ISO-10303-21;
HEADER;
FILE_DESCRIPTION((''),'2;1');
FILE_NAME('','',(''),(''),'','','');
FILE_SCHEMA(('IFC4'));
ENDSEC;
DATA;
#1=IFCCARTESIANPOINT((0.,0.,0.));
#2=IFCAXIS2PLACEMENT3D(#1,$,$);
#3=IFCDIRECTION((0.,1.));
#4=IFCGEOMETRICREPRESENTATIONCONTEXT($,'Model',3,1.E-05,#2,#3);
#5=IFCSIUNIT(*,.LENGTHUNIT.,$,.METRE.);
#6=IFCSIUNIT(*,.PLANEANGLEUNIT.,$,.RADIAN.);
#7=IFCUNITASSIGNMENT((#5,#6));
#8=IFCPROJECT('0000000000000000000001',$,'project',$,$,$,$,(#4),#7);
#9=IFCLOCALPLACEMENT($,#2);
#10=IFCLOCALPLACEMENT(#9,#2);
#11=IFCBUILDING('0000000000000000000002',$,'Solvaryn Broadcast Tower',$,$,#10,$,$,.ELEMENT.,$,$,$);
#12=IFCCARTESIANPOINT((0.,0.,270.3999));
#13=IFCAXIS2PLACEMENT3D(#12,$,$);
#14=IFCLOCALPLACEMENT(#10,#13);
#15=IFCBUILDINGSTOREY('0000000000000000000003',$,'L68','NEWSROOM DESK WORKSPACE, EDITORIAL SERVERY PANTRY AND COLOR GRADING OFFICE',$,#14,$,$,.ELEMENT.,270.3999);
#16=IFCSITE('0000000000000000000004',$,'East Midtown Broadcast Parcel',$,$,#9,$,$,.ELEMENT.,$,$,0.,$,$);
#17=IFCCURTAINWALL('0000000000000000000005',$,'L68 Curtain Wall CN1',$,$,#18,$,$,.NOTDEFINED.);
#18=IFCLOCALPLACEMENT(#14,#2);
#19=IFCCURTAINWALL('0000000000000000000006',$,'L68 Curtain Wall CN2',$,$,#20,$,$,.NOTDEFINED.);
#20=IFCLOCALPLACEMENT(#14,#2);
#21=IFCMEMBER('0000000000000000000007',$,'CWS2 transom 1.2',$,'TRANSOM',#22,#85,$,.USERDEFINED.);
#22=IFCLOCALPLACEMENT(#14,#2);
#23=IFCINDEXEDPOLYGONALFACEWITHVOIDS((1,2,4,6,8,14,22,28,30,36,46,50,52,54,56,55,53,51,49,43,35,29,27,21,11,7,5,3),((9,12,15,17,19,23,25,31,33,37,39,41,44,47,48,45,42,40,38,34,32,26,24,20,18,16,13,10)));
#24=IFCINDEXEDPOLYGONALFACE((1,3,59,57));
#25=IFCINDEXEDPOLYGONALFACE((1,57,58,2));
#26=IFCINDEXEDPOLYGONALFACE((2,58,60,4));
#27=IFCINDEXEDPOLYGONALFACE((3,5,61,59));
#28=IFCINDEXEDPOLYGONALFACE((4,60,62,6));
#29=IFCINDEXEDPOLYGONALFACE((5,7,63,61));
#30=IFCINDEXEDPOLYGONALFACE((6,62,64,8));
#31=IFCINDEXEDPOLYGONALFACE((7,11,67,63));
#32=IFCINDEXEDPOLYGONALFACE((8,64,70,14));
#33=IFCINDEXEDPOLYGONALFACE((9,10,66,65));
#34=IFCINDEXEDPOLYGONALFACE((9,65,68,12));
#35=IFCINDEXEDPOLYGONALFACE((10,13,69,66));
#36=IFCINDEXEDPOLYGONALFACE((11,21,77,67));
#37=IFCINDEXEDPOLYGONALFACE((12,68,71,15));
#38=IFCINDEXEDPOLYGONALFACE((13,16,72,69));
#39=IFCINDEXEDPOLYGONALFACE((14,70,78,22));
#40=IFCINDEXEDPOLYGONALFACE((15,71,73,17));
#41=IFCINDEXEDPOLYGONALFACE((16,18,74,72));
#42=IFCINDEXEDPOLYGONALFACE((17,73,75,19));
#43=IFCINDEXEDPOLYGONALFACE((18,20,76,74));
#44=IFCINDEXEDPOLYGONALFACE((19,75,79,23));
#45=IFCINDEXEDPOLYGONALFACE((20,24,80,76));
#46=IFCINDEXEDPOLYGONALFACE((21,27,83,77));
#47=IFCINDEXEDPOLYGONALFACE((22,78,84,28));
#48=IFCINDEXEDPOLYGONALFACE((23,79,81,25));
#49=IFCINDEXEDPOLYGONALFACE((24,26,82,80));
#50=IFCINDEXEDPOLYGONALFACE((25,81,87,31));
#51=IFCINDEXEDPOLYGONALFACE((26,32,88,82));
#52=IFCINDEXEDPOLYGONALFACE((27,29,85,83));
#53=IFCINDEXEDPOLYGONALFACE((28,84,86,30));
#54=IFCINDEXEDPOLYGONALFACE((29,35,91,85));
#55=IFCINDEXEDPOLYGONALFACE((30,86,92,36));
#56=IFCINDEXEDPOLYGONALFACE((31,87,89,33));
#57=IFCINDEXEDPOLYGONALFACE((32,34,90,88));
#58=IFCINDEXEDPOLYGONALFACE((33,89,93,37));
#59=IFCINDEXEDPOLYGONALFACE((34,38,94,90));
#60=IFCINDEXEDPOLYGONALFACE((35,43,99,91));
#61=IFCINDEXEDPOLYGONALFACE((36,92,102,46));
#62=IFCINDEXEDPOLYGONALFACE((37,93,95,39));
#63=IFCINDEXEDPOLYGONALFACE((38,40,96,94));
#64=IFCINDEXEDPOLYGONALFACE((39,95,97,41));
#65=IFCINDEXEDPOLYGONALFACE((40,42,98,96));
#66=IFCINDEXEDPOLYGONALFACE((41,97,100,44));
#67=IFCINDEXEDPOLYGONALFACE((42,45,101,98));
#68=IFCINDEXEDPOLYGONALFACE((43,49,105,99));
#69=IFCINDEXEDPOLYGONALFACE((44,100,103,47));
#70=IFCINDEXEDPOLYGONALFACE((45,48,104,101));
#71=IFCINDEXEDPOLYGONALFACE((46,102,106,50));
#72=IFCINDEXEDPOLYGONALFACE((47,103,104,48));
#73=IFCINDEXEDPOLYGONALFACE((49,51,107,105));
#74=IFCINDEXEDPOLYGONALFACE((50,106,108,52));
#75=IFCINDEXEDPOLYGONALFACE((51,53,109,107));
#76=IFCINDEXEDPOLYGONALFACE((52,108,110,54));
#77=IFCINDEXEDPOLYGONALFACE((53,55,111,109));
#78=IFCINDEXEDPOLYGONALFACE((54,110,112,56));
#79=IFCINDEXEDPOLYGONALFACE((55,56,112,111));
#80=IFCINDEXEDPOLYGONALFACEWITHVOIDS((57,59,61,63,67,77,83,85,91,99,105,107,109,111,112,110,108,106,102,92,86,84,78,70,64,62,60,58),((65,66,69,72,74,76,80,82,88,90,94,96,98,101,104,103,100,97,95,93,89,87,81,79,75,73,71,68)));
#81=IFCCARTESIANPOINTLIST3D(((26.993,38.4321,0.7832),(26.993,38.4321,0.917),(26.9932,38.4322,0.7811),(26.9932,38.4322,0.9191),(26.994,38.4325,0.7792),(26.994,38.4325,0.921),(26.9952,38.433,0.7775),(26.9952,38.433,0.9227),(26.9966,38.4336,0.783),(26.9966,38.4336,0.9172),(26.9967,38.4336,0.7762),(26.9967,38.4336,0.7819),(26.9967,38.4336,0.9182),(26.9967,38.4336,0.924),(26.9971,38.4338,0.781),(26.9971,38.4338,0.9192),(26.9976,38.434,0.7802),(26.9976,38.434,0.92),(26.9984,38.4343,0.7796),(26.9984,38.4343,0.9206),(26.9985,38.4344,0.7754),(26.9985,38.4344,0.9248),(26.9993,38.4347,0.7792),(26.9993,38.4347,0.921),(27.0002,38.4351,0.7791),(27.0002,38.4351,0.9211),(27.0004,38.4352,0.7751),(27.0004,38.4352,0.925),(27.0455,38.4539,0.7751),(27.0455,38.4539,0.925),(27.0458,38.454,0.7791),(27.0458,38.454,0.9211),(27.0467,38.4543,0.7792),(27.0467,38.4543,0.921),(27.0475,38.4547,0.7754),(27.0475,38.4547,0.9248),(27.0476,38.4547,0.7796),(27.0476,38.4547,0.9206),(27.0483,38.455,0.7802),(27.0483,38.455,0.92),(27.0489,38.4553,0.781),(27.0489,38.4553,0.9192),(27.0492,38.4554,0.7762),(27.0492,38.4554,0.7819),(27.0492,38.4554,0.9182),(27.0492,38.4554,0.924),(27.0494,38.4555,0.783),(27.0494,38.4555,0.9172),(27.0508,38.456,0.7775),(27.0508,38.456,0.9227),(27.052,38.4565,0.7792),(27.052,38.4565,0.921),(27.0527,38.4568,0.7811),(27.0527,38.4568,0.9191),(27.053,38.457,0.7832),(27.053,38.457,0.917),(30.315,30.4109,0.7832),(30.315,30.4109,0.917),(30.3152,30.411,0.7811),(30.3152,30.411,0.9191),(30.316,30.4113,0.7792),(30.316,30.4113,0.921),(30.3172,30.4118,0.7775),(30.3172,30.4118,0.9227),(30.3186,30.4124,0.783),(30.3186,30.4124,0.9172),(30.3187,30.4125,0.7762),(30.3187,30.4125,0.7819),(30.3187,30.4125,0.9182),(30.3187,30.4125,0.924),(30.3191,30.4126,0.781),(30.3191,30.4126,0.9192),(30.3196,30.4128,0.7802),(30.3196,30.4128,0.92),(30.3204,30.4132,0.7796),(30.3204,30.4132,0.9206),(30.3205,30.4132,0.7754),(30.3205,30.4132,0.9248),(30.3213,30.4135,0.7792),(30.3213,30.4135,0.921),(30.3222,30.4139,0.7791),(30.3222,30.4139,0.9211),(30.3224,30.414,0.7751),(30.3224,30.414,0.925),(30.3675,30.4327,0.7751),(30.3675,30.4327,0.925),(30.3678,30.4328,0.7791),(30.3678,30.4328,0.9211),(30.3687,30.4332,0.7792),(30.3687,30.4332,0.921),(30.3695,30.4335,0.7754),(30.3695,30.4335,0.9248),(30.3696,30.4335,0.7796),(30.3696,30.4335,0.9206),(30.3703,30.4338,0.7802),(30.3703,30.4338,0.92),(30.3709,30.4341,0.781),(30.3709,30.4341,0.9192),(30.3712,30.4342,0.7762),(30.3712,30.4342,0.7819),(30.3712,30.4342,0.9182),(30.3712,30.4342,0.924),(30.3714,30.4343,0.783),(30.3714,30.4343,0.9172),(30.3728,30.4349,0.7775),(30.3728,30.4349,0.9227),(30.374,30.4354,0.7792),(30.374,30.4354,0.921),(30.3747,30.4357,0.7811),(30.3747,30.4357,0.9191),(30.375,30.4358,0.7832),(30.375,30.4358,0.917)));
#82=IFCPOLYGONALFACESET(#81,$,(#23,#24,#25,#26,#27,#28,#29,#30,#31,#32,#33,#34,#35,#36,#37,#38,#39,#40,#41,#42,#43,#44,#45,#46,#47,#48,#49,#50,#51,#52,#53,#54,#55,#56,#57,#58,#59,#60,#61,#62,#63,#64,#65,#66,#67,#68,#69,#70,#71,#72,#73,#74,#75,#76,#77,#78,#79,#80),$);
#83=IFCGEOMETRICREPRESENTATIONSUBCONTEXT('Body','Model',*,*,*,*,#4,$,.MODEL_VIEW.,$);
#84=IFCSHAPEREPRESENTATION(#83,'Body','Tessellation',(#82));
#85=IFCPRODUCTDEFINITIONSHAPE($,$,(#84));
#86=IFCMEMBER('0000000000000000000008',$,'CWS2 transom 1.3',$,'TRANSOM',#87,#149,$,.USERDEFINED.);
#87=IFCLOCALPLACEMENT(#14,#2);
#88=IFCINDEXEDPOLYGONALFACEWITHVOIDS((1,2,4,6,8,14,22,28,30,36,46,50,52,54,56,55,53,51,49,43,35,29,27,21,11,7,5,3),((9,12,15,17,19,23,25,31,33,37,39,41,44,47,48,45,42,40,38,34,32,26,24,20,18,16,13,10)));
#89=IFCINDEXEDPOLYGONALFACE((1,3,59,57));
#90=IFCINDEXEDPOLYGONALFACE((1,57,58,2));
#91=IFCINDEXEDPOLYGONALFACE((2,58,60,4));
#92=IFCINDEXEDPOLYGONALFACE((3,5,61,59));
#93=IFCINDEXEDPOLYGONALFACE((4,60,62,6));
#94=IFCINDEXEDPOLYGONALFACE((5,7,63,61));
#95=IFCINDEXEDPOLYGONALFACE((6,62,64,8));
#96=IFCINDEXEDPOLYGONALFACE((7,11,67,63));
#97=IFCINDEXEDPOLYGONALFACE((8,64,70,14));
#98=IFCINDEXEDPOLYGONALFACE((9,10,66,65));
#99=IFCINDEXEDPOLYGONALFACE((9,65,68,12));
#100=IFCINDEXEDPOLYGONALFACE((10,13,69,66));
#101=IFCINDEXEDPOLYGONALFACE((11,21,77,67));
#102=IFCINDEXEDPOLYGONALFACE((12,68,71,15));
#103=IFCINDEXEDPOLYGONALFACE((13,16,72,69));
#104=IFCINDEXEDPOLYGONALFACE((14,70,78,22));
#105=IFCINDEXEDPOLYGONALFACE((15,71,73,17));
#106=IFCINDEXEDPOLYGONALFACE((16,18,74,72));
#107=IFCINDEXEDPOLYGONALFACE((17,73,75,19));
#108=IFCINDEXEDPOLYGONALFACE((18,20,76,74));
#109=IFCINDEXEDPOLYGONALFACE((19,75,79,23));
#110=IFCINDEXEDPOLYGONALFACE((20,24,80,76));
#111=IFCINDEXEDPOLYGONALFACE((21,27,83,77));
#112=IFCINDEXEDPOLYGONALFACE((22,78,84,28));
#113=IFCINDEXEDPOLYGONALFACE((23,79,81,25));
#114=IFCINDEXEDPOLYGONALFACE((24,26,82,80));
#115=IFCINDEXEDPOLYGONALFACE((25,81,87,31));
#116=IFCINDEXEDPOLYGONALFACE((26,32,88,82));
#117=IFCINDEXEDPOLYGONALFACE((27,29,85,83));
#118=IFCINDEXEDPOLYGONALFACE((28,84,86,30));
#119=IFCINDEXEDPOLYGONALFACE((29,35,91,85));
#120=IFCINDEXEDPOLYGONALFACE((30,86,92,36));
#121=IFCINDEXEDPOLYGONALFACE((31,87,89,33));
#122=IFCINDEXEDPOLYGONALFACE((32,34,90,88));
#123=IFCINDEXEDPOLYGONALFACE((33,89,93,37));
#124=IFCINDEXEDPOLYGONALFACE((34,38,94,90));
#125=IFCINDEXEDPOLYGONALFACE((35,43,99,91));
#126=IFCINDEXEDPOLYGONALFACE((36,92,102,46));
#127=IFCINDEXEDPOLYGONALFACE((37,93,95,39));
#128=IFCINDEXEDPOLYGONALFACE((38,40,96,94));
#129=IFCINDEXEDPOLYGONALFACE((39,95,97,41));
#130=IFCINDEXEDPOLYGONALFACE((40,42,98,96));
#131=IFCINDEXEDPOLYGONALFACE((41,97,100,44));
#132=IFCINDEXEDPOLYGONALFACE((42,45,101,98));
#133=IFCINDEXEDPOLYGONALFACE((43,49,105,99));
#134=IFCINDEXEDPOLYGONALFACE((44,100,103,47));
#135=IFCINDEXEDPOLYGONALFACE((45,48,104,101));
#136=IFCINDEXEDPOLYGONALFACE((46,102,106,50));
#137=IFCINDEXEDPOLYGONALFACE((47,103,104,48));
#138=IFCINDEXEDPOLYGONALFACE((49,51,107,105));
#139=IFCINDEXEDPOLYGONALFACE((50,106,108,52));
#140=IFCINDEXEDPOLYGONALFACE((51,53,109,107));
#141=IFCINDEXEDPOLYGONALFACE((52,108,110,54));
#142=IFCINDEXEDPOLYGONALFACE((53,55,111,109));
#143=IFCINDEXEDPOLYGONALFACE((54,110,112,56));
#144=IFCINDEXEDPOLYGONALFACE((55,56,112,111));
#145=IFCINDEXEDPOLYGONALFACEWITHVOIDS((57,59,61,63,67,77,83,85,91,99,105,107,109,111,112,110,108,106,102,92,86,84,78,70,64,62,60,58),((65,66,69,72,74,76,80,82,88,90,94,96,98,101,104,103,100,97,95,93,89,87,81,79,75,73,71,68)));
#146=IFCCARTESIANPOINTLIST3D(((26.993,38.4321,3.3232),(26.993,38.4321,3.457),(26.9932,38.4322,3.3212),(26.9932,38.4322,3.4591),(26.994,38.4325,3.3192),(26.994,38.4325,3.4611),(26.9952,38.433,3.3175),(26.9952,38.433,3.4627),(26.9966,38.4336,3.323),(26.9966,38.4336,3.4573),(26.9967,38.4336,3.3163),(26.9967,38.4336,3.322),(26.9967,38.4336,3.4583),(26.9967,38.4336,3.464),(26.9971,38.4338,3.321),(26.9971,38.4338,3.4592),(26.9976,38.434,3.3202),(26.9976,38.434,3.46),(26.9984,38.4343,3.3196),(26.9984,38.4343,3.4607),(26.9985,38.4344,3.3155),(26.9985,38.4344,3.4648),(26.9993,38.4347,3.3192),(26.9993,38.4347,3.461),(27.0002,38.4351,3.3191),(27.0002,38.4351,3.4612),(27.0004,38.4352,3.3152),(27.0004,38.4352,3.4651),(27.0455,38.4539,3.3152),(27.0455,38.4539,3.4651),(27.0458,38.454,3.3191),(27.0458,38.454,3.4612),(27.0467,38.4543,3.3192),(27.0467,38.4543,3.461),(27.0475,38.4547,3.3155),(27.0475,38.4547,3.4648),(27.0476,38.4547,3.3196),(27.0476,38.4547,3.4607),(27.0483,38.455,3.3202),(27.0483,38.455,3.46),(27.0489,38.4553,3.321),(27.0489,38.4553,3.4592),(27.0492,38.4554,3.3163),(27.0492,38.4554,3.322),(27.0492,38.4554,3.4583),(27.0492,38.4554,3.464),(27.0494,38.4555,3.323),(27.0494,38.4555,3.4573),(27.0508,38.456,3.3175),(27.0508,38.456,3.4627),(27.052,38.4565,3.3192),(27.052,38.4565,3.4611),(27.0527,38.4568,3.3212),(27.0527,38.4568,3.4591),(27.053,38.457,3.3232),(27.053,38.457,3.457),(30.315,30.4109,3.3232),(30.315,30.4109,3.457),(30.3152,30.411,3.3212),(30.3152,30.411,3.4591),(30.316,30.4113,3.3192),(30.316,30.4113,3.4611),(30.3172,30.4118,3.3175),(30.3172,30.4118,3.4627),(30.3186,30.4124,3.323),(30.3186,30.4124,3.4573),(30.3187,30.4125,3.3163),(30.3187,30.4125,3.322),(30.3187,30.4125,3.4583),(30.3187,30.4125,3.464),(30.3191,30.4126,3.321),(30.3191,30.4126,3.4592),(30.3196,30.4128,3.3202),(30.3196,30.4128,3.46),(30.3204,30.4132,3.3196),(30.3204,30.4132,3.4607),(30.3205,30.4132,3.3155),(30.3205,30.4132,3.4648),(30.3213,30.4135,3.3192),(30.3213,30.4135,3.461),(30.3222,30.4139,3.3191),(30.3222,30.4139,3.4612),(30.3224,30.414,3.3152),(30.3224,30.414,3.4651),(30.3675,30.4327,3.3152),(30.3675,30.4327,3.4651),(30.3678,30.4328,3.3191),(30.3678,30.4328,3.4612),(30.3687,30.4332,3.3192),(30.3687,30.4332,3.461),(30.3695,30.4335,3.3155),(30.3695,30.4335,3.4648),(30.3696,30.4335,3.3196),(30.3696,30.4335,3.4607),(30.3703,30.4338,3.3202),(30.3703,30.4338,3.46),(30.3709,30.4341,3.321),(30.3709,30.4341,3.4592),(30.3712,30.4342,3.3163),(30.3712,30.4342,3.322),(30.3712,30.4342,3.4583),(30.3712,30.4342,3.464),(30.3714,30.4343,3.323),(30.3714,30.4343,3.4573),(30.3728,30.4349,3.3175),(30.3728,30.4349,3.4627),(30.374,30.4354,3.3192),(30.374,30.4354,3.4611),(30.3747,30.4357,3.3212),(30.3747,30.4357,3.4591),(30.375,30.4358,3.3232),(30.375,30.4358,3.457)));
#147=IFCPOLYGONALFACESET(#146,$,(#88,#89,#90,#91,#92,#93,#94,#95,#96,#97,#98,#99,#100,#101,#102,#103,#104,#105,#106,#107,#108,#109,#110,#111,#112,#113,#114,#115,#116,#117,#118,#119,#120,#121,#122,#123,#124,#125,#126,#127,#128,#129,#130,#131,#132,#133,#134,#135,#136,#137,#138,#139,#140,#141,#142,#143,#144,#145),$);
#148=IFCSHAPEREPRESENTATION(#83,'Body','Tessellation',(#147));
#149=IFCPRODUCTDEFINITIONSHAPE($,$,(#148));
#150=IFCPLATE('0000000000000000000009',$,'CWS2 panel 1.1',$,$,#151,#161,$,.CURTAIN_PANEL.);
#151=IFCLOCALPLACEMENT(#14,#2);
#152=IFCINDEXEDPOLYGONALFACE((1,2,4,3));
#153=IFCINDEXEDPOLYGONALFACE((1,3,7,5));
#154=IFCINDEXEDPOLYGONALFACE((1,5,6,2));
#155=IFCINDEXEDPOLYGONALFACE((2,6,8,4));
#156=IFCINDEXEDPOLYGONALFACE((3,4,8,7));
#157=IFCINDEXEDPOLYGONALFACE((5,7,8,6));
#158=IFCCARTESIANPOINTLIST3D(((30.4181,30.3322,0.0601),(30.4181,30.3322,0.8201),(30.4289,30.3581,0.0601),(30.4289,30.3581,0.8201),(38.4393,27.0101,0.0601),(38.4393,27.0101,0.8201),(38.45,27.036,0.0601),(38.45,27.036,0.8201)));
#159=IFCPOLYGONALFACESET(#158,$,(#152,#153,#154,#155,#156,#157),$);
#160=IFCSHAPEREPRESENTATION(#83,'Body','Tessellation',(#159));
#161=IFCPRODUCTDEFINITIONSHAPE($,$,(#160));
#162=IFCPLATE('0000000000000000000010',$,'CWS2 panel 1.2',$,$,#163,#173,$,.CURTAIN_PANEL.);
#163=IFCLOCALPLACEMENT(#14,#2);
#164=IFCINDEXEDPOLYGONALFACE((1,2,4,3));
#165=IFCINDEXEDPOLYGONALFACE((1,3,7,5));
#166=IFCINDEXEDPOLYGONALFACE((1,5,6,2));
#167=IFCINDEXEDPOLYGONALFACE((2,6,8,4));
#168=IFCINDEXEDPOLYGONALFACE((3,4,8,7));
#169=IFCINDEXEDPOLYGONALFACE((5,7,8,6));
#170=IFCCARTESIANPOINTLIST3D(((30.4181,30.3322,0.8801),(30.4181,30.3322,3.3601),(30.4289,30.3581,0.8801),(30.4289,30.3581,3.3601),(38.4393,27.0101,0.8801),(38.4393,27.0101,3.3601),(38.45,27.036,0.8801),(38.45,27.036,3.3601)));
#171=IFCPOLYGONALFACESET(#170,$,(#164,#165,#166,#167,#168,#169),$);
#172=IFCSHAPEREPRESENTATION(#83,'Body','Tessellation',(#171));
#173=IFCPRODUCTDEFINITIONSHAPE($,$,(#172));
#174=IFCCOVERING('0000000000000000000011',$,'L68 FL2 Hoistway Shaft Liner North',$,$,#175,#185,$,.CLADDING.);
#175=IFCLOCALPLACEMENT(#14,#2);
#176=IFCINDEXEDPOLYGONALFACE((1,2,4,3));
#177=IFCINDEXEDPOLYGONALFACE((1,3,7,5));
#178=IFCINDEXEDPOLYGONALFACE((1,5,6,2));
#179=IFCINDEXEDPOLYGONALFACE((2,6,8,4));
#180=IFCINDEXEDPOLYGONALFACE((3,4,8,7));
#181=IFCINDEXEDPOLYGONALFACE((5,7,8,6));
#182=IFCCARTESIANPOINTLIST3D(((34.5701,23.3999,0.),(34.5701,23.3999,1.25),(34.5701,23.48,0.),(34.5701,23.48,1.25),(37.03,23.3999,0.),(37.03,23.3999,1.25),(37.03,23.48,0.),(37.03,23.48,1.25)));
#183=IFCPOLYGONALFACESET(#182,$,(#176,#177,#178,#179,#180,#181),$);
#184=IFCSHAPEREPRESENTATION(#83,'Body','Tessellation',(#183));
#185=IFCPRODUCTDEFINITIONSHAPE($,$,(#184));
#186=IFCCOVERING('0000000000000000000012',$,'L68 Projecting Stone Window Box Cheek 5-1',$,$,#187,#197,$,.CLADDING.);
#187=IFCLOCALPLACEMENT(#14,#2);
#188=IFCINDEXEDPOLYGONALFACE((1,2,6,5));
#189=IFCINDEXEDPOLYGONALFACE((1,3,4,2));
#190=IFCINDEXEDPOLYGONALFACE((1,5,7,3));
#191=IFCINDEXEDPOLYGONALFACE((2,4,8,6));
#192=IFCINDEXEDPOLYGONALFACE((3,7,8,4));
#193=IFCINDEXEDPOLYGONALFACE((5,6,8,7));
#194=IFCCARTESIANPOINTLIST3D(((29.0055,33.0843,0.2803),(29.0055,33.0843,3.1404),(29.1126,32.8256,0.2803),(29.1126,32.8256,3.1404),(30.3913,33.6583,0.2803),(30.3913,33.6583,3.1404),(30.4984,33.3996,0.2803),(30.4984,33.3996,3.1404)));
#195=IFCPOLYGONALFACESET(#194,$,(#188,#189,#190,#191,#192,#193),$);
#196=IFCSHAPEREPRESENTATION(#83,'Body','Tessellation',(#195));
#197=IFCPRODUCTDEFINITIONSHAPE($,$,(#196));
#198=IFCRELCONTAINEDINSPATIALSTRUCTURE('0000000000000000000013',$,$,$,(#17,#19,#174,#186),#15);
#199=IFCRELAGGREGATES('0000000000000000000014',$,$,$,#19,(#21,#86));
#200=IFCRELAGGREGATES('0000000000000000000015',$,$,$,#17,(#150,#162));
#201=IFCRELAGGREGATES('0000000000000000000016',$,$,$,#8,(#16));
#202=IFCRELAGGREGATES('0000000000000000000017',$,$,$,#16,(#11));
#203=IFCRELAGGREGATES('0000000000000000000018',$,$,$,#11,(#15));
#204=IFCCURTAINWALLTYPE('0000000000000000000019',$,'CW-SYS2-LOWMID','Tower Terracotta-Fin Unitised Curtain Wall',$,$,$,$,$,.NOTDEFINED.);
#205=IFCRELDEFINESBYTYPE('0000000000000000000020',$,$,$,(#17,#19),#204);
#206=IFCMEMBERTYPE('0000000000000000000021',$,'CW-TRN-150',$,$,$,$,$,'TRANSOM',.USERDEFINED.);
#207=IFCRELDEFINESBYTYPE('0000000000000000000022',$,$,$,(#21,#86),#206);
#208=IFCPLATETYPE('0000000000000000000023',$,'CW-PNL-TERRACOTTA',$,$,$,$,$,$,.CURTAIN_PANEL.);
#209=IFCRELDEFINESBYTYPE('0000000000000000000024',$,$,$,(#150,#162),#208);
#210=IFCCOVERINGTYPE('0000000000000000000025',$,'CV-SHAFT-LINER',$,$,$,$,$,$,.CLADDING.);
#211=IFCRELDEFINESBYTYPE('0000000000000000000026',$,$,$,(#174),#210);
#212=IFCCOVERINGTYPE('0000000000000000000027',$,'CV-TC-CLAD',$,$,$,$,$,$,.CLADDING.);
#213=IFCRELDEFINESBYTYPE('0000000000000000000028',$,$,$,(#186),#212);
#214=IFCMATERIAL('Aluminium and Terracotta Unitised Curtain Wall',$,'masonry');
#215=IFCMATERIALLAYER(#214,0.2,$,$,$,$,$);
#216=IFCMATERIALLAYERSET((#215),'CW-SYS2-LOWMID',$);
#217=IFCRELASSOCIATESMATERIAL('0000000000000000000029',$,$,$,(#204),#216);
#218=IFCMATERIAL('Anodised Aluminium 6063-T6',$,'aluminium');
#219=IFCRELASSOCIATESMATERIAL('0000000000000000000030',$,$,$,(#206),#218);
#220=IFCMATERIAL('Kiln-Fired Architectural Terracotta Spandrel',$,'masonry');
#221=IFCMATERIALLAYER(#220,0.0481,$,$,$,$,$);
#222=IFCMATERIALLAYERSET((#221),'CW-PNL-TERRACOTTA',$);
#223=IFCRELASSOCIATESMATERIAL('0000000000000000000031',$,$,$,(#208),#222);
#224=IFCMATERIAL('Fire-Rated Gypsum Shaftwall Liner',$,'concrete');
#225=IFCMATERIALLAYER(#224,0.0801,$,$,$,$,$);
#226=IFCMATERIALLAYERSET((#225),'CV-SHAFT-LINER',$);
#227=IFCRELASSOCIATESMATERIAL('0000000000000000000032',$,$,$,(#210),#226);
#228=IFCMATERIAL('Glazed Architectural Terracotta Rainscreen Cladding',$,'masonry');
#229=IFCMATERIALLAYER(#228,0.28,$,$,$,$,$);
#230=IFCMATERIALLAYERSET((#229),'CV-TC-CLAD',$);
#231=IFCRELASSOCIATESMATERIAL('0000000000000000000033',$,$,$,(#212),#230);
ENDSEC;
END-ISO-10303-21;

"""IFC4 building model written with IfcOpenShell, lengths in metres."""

from ifc_helpers import new_model, si_unit, direction, frame, origin, origin_2d, place, context, subcontext, project, spatial, rectangle, hollow_rectangle, extrude, material, layer, layer_set, material_profile, profile_set, type_object, element, aggregate, save


model = new_model("IFC4")

# Units and contexts
model_context = context("Model", 3, precision=1e-05, world=origin(), true_north=direction((0.0, 1.0)))
body_context = subcontext(model_context, "Body", "Model", "MODEL_VIEW")
ifc_project = project(units=[si_unit("LENGTHUNIT", "METRE"), si_unit("PLANEANGLEUNIT", "RADIAN")], contexts=[model_context])

# Site, building, storey
site_placement = place(None, origin())
site = spatial("IfcSite", under=ifc_project, at=site_placement, Name="East Midtown Broadcast Parcel", CompositionType="ELEMENT", RefElevation=0.0)
building_placement = place(site_placement, origin())
building = spatial("IfcBuilding", under=site, at=building_placement, Name="Solvaryn Broadcast Tower", CompositionType="ELEMENT")
storey_placement = place(building_placement, frame((0.0, 0.0, 270.3999)))
storey = spatial("IfcBuildingStorey", under=building, at=storey_placement, Name="L68", Description="NEWSROOM DESK WORKSPACE, EDITORIAL SERVERY PANTRY AND COLOR GRADING OFFICE", CompositionType="ELEMENT", Elevation=270.3999)

# Curtain wall
ifc_material_1 = material(Name="Aluminium and Terracotta Unitised Curtain Wall", Category="masonry")
ifc_layer_1 = layer(ifc_material_1, 0.2)
ifc_layer_set_1 = layer_set([ifc_layer_1], Name="CW-SYS2-LOWMID")
curtain_wall_type = type_object("IfcCurtainWallType", Name="CW-SYS2-LOWMID", Description="Tower Terracotta-Fin Unitised Curtain Wall", PredefinedType="NOTDEFINED", material=ifc_layer_set_1)
curtain_wall_1_placement = place(storey_placement, origin())
curtain_wall_1 = element("IfcCurtainWall", 1, at=curtain_wall_1_placement, inside=storey, type_object=curtain_wall_type, Name="L68 Curtain Wall CN1", PredefinedType="NOTDEFINED")

# Curtain wall
curtain_wall_2_placement = place(storey_placement, origin())
curtain_wall_2 = element("IfcCurtainWall", 2, at=curtain_wall_2_placement, inside=storey, type_object=curtain_wall_type, Name="L68 Curtain Wall CN2", PredefinedType="NOTDEFINED")

# Members
ifc_material_2 = material(Name="Anodised Aluminium 6063-T6", Category="aluminium")
ifc_material_profile_1 = material_profile(ifc_material_2, hollow_rectangle(XDim=0.0649, YDim=0.1499, WallThickness=0.0039, InnerFilletRadius=0.0039, OuterFilletRadius=0.0081, at=origin_2d()))
ifc_profile_set_1 = profile_set([ifc_material_profile_1], Name="Anodised Aluminium 6063-T6")
member_type_1 = type_object("IfcMemberType", Name="CW-TRN-150", ElementType="TRANSOM", PredefinedType="USERDEFINED", material=ifc_profile_set_1)
member_1_placement = place(storey_placement, frame((30.345, 30.4233, 0.8501), z_axis=(-0.382636, 0.923899, 0.0), x_axis=(-0.923899, -0.382636, 0.0)))
member_1 = element("IfcMember", 3, at=member_1_placement, type_object=member_type_1, Name="CWS2 transom 1.2", ObjectType="TRANSOM", PredefinedType="USERDEFINED", context=body_context, shape_type="SweptSolid", body=[
    extrude(hollow_rectangle(XDim=0.0649, YDim=0.1499, WallThickness=0.0039, InnerFilletRadius=0.0039, OuterFilletRadius=0.0081, at=origin_2d()), origin(), (0.0, 0.0, 1.0), 8.6819),
])
member_2_placement = place(storey_placement, frame((30.345, 30.4233, 3.3901), z_axis=(-0.382636, 0.923899, 0.0), x_axis=(-0.923899, -0.382636, 0.0)))
member_2 = element("IfcMember", 4, at=member_2_placement, type_object=member_type_1, Name="CWS2 transom 1.3", ObjectType="TRANSOM", PredefinedType="USERDEFINED", context=body_context, shape_type="SweptSolid", body=[
    extrude(hollow_rectangle(XDim=0.0649, YDim=0.1499, WallThickness=0.0039, InnerFilletRadius=0.0039, OuterFilletRadius=0.0081, at=origin_2d()), origin(), (0.0, 0.0, 1.0), 8.6819),
])
aggregate(curtain_wall_2, [member_1, member_2])

# Plates
ifc_material_3 = material(Name="Kiln-Fired Architectural Terracotta Spandrel", Category="masonry")
ifc_layer_2 = layer(ifc_material_3, 0.0481)
ifc_layer_set_2 = layer_set([ifc_layer_2], Name="CW-PNL-TERRACOTTA")
plate_type = type_object("IfcPlateType", Name="CW-PNL-TERRACOTTA", PredefinedType="CURTAIN_PANEL", material=ifc_layer_set_2)
plate_1_placement = place(storey_placement, frame((34.4341, 28.6841, 0.0601), z_axis=(0.0, 0.0, 1.0), x_axis=(-0.923895, 0.382646, 0.0)))
plate_1 = element("IfcPlate", 5, at=plate_1_placement, type_object=plate_type, Name="CWS2 panel 1.1", PredefinedType="CURTAIN_PANEL", context=body_context, shape_type="SweptSolid", body=[
    extrude(rectangle(XDim=8.6819, YDim=0.0281, at=origin_2d()), origin(), (0.0, 0.0, 1.0), 0.76),
])
plate_2_placement = place(storey_placement, frame((34.4341, 28.6841, 0.8801), z_axis=(0.0, 0.0, 1.0), x_axis=(-0.923895, 0.382646, 0.0)))
plate_2 = element("IfcPlate", 6, at=plate_2_placement, type_object=plate_type, Name="CWS2 panel 1.2", PredefinedType="CURTAIN_PANEL", context=body_context, shape_type="SweptSolid", body=[
    extrude(rectangle(XDim=8.6819, YDim=0.0281, at=origin_2d()), origin(), (0.0, 0.0, 1.0), 2.48),
])
aggregate(curtain_wall_1, [plate_1, plate_2])

# Coverings
ifc_material_4 = material(Name="Fire-Rated Gypsum Shaftwall Liner", Category="concrete")
ifc_layer_3 = layer(ifc_material_4, 0.0801)
ifc_layer_set_3 = layer_set([ifc_layer_3], Name="CV-SHAFT-LINER")
covering_type_1 = type_object("IfcCoveringType", Name="CV-SHAFT-LINER", PredefinedType="CLADDING", material=ifc_layer_set_3)
covering_1_placement = place(storey_placement, frame((35.8, 23.4399, 0.0), z_axis=(0.0, 0.0, 1.0), x_axis=(1.0, 0.0, 0.0)))
element("IfcCovering", 7, at=covering_1_placement, inside=storey, type_object=covering_type_1, Name="L68 FL2 Hoistway Shaft Liner North", PredefinedType="CLADDING", context=body_context, shape_type="SweptSolid", body=[
    extrude(rectangle(XDim=2.46, YDim=0.0801, at=origin_2d()), origin(), (0.0, 0.0, 1.0), 1.25),
])
ifc_material_5 = material(Name="Glazed Architectural Terracotta Rainscreen Cladding", Category="masonry")
ifc_layer_4 = layer(ifc_material_5, 0.28)
ifc_layer_set_4 = layer_set([ifc_layer_4], Name="CV-TC-CLAD")
covering_type_2 = type_object("IfcCoveringType", Name="CV-TC-CLAD", PredefinedType="CLADDING", material=ifc_layer_set_4)
covering_2_placement = place(storey_placement, frame((29.752, 33.2419, 0.2803), z_axis=(0.0, 0.0, 1.0), x_axis=(-0.382683, 0.92388, 0.0)))
element("IfcCovering", 8, at=covering_2_placement, inside=storey, type_object=covering_type_2, Name="L68 Projecting Stone Window Box Cheek 5-1", PredefinedType="CLADDING", context=body_context, shape_type="SweptSolid", body=[
    extrude(rectangle(XDim=0.28, YDim=1.5, at=origin_2d()), origin(), (0.0, 0.0, 1.0), 2.8601),
])

save(model, "model.ifc")
